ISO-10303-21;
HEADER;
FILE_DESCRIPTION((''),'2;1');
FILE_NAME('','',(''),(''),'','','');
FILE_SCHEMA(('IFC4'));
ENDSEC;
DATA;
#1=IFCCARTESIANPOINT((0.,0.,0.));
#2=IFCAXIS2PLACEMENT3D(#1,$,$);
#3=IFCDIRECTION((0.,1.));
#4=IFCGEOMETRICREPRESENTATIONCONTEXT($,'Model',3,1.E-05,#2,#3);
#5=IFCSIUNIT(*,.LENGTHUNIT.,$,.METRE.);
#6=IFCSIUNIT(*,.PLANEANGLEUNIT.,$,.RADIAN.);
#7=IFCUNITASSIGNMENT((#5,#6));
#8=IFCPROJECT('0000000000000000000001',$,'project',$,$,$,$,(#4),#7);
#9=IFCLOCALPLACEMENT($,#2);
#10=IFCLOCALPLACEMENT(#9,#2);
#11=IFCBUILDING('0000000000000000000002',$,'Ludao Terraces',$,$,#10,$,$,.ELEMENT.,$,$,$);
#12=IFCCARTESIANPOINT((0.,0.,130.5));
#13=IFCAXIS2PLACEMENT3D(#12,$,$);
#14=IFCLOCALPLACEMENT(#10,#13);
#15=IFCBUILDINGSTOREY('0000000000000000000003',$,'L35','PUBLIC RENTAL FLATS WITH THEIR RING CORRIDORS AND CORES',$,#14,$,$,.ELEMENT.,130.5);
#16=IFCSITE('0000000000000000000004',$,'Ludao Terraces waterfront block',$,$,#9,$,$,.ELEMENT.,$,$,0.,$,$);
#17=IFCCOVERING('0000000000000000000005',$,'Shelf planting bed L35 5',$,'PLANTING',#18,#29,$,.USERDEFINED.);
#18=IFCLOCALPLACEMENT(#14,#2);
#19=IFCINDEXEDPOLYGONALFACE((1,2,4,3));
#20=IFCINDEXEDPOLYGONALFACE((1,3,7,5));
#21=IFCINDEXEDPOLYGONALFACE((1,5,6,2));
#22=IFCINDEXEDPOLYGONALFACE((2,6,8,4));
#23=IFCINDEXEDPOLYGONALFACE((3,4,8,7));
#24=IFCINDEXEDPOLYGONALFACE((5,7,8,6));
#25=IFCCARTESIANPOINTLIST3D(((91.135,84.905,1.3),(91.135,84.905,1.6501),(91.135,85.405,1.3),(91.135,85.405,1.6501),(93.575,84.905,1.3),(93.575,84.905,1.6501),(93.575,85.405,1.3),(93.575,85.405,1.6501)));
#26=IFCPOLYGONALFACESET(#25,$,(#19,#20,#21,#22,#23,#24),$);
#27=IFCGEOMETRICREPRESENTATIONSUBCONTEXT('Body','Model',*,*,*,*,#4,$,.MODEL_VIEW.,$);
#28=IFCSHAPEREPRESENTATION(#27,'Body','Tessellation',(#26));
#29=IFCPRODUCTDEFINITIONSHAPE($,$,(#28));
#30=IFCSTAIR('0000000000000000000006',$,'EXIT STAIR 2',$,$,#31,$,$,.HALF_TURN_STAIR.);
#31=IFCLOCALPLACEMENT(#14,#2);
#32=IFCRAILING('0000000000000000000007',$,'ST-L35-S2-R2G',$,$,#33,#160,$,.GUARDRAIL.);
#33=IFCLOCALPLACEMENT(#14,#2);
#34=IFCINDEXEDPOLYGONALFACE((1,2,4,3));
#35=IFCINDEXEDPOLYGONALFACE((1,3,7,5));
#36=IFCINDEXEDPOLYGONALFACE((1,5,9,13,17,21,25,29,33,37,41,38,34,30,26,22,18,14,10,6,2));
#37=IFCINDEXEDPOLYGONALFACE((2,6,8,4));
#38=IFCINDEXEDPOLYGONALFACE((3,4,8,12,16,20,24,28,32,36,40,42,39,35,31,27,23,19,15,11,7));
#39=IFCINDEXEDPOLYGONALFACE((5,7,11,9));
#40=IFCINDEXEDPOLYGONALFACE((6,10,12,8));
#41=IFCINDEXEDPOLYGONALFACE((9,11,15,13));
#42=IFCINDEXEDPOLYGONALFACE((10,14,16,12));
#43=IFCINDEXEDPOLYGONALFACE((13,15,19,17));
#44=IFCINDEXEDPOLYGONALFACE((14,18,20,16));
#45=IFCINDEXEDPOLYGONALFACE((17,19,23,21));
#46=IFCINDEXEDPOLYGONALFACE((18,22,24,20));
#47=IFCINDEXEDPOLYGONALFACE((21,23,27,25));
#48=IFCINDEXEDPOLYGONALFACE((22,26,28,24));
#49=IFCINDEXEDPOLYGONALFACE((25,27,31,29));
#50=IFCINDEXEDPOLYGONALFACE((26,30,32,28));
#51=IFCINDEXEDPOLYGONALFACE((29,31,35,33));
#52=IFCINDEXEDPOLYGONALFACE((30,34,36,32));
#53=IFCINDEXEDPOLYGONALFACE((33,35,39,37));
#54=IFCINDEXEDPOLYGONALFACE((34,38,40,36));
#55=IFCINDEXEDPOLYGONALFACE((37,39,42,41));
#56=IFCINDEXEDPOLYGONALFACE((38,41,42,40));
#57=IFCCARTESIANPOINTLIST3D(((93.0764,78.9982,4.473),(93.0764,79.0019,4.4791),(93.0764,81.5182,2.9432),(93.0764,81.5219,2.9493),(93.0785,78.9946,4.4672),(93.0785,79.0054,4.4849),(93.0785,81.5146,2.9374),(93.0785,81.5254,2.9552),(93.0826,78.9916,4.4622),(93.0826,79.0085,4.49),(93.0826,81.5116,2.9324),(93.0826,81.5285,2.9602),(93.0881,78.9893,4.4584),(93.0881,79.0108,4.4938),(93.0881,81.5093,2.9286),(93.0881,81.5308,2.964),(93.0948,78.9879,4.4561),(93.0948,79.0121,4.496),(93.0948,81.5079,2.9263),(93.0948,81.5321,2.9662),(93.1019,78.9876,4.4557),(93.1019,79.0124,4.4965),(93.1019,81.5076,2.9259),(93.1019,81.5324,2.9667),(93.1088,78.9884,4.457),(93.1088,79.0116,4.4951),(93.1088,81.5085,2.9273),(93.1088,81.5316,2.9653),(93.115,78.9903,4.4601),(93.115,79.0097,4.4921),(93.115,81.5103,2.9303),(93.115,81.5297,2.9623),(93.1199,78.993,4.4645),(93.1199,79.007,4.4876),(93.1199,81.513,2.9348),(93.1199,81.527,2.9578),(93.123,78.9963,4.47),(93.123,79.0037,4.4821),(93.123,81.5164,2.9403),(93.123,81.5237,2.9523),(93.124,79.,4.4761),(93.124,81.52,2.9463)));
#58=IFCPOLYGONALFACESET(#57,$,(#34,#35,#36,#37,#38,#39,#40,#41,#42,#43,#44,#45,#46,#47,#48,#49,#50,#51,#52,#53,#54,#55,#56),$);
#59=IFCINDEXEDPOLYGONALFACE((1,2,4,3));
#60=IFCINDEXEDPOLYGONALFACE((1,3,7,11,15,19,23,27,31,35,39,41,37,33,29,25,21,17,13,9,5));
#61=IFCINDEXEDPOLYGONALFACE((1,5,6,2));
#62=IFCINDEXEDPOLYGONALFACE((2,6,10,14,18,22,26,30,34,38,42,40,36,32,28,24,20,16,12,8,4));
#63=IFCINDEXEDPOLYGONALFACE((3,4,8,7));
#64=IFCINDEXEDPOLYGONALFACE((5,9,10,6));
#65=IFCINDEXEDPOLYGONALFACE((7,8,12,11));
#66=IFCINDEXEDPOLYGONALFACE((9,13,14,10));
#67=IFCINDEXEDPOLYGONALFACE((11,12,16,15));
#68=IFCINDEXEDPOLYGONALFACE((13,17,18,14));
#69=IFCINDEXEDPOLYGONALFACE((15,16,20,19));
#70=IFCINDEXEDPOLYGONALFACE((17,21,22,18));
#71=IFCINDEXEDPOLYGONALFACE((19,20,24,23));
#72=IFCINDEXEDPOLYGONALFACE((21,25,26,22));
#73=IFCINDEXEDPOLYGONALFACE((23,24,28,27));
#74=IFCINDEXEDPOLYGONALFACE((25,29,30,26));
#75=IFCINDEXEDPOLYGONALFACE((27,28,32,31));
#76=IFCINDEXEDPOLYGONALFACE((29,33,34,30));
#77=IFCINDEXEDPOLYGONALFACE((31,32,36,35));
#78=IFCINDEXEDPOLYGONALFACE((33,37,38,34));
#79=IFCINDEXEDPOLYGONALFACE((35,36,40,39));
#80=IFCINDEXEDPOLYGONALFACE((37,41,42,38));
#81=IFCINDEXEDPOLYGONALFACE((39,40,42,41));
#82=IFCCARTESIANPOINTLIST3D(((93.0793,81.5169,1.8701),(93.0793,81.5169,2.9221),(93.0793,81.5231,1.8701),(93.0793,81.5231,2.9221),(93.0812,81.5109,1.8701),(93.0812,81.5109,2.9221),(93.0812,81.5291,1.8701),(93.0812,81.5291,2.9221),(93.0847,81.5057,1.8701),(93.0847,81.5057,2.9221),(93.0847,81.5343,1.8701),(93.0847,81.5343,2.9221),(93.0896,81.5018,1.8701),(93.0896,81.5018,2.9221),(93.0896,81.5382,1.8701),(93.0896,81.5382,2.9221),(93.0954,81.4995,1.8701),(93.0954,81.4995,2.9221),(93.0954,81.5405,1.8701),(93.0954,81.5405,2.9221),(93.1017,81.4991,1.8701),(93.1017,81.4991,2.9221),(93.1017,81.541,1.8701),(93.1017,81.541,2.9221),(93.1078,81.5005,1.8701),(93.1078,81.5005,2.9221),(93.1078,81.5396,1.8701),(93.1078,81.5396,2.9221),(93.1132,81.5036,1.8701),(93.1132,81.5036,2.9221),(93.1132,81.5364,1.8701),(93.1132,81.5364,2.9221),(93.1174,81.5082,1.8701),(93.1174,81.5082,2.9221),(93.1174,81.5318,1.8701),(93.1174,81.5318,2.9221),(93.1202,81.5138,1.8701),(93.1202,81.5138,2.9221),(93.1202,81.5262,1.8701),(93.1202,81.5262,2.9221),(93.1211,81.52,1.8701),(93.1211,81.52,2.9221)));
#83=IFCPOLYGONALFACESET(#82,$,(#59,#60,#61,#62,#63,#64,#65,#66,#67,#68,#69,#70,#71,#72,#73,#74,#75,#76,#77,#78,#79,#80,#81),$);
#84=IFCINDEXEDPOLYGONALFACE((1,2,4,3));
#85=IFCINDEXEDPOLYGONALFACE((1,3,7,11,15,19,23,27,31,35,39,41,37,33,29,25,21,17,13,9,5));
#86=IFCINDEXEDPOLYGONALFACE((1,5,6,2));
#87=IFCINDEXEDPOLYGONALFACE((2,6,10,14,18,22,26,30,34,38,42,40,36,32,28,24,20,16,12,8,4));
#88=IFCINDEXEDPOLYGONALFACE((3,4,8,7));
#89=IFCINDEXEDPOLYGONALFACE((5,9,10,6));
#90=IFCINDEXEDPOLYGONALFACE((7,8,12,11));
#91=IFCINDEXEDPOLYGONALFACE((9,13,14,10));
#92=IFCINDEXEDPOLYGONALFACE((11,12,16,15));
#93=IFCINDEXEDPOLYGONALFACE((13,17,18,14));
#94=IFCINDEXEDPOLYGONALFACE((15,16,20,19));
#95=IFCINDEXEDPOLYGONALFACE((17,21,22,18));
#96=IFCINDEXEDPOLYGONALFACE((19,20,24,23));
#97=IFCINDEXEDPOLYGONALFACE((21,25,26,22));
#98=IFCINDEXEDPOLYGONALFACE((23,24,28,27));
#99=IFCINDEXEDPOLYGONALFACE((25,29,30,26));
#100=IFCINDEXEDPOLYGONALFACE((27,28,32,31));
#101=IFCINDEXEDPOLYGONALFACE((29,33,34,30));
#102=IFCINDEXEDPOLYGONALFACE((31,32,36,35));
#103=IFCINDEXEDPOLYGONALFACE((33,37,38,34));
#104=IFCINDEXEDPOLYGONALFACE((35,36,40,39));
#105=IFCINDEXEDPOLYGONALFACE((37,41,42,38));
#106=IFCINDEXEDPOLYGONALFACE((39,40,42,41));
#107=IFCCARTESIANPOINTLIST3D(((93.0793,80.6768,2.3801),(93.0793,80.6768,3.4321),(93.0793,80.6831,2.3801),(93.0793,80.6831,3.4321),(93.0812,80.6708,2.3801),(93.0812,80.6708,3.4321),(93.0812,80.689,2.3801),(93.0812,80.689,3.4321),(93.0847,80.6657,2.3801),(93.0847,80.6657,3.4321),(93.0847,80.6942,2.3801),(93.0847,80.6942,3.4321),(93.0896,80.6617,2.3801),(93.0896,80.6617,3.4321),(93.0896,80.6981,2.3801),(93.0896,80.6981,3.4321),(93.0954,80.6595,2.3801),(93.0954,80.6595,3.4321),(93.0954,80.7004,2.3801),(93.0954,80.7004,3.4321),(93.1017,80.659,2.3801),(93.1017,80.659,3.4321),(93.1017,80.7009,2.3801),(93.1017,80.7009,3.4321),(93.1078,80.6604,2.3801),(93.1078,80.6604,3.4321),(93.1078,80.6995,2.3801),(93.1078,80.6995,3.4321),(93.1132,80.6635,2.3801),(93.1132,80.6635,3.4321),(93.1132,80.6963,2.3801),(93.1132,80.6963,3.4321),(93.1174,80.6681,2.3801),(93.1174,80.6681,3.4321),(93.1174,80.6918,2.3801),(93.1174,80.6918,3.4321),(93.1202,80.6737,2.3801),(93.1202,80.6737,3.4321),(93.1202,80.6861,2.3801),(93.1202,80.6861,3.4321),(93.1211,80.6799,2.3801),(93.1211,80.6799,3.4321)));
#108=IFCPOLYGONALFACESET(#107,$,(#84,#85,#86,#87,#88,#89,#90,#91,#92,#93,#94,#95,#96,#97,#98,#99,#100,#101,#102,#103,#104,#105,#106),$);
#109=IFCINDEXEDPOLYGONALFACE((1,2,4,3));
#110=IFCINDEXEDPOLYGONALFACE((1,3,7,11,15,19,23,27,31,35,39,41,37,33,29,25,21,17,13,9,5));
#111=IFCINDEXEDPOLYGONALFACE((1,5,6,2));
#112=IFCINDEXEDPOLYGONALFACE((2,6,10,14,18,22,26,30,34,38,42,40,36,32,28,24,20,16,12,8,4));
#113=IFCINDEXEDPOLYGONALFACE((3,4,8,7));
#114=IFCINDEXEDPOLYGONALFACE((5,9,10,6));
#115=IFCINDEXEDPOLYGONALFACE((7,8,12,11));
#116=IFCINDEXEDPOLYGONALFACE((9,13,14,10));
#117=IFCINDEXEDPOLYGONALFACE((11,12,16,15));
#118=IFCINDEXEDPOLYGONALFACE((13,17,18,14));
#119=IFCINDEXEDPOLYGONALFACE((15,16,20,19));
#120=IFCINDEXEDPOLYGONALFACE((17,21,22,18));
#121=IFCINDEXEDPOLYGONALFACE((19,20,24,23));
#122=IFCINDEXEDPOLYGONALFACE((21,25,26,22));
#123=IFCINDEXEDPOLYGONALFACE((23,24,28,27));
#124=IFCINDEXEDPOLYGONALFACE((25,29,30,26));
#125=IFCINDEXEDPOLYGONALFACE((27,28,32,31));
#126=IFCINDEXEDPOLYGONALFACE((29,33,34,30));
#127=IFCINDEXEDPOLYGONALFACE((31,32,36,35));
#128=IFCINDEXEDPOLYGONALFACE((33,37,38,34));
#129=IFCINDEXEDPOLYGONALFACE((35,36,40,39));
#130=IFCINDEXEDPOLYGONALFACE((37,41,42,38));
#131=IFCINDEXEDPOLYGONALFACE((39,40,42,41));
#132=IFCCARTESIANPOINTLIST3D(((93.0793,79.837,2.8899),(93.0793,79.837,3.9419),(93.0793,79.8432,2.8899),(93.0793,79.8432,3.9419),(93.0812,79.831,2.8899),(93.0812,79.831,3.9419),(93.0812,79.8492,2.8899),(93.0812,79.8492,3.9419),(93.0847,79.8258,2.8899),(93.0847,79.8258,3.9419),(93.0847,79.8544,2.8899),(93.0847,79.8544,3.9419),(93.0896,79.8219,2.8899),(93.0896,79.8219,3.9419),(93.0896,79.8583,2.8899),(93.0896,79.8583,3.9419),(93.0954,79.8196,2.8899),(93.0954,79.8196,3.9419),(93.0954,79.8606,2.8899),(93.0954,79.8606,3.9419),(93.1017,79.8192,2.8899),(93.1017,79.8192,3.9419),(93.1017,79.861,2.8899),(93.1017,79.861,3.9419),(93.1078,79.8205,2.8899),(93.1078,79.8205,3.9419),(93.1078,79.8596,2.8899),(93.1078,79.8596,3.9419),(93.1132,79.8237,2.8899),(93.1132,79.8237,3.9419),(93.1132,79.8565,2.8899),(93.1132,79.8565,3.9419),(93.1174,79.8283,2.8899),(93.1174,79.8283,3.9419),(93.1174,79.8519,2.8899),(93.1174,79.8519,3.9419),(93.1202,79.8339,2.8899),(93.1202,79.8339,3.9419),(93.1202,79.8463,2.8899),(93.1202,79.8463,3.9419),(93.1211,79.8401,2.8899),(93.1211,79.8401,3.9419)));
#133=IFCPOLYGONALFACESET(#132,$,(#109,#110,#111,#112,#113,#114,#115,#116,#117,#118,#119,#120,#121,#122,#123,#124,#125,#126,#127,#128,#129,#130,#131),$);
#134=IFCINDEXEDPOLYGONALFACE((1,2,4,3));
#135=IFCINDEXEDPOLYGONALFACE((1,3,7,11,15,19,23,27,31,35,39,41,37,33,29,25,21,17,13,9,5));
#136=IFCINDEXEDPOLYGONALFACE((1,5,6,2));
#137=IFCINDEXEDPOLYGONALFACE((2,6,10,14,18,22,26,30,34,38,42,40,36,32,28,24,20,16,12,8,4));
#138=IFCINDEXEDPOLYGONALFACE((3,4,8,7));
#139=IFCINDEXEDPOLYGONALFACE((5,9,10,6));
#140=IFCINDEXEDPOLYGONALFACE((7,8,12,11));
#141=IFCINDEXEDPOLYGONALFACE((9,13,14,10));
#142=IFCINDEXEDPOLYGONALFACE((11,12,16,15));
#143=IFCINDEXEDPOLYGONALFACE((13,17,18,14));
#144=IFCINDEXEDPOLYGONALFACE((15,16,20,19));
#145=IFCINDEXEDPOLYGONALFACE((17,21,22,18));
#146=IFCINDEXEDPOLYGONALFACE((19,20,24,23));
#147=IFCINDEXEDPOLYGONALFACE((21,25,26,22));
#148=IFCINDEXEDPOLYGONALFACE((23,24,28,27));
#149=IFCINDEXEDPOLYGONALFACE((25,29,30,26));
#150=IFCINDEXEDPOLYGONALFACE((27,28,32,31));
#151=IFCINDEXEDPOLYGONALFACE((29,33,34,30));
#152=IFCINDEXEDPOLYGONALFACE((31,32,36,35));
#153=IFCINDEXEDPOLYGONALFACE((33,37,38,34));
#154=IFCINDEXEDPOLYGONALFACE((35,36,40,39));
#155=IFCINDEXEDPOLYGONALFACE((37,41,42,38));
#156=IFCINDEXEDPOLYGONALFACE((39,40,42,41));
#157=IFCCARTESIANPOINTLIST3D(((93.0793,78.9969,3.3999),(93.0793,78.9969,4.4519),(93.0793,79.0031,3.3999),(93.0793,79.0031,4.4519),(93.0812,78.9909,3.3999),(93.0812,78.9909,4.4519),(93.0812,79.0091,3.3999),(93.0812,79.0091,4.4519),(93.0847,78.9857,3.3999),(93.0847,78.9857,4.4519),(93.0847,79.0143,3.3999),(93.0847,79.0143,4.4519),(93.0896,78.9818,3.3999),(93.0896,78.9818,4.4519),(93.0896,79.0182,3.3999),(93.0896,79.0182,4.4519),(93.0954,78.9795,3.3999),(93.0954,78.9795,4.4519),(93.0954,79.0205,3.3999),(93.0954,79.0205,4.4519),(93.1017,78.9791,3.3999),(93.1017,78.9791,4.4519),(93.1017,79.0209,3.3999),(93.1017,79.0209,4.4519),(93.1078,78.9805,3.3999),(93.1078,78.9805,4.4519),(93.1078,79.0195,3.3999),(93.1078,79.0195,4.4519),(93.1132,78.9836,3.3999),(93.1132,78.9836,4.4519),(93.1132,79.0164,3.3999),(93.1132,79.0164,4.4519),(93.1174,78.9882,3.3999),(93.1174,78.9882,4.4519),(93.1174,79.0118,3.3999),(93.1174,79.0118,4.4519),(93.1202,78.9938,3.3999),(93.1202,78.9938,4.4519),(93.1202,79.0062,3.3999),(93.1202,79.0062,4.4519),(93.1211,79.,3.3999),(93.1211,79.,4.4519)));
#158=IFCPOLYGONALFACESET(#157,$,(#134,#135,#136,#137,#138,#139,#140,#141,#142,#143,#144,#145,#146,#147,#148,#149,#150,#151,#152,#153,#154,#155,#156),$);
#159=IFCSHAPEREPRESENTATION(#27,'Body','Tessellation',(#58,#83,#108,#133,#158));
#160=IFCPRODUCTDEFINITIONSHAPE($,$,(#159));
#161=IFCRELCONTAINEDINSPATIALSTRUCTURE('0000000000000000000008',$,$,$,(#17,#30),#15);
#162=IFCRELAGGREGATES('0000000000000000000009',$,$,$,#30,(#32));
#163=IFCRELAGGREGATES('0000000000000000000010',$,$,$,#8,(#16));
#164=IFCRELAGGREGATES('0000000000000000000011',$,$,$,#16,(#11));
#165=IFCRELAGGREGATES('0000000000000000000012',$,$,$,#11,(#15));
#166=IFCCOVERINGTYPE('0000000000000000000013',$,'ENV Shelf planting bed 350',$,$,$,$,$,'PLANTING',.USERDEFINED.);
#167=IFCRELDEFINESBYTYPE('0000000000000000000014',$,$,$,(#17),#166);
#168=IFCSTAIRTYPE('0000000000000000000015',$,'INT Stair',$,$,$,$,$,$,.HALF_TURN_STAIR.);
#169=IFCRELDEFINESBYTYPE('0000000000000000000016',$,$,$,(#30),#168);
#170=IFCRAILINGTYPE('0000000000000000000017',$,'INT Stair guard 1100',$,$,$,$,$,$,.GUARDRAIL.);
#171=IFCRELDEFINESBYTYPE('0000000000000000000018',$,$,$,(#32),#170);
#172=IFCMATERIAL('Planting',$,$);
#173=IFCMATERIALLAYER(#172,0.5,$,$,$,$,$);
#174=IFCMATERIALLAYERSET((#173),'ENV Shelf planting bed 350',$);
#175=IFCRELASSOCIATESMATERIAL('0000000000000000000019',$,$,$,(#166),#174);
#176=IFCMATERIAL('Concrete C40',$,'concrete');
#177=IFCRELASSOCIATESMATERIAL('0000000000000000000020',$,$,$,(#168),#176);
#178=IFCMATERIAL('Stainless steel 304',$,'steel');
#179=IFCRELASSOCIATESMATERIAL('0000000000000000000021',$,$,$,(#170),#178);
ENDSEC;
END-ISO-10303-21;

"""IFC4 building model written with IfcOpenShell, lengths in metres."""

from ifc_helpers import new_model, si_unit, direction, frame, origin, origin_2d, place, context, subcontext, project, spatial, rectangle, circle, extrude, material, layer, layer_set, type_object, element, aggregate, save


model = new_model("IFC4")

# Units and contexts
model_context = context("Model", 3, precision=1e-05, world=origin(), true_north=direction((0.0, 1.0)))
body_context = subcontext(model_context, "Body", "Model", "MODEL_VIEW")
ifc_project = project(units=[si_unit("LENGTHUNIT", "METRE"), si_unit("PLANEANGLEUNIT", "RADIAN")], contexts=[model_context])

# Site, building, storey
site_placement = place(None, origin())
site = spatial("IfcSite", under=ifc_project, at=site_placement, Name="Ludao Terraces waterfront block", CompositionType="ELEMENT", RefElevation=0.0)
building_placement = place(site_placement, origin())
building = spatial("IfcBuilding", under=site, at=building_placement, Name="Ludao Terraces", CompositionType="ELEMENT")
storey_placement = place(building_placement, frame((0.0, 0.0, 130.5)))
storey = spatial("IfcBuildingStorey", under=building, at=storey_placement, Name="L35", Description="PUBLIC RENTAL FLATS WITH THEIR RING CORRIDORS AND CORES", CompositionType="ELEMENT", Elevation=130.5)

# Covering
ifc_material_1 = material(Name="Planting")
ifc_layer_1 = layer(ifc_material_1, 0.5)
ifc_layer_set_1 = layer_set([ifc_layer_1], Name="ENV Shelf planting bed 350")
covering_type_1 = type_object("IfcCoveringType", Name="ENV Shelf planting bed 350", ElementType="PLANTING", PredefinedType="USERDEFINED", material=ifc_layer_set_1)
covering_1_placement = place(storey_placement, frame((92.355, 85.155, 1.3), z_axis=(0.0, 0.0, 1.0), x_axis=(1.0, 0.0, 0.0)))
element("IfcCovering", 1, at=covering_1_placement, inside=storey, type_object=covering_type_1, Name="Shelf planting bed L35 5", ObjectType="PLANTING", PredefinedType="USERDEFINED", context=body_context, shape_type="SweptSolid", body=[
    extrude(rectangle(XDim=2.4399, YDim=0.5, at=origin_2d()), origin(), (0.0, 0.0, 1.0), 0.3501),
])

# Stair, railing
ifc_material_2 = material(Name="Concrete C40", Category="concrete")
stair_type = type_object("IfcStairType", Name="INT Stair", PredefinedType="HALF_TURN_STAIR", material=ifc_material_2)
stair_placement = place(storey_placement, origin())
stair = element("IfcStair", 2, at=stair_placement, inside=storey, type_object=stair_type, Name="EXIT STAIR 2", PredefinedType="HALF_TURN_STAIR")
ifc_material_3 = material(Name="Stainless steel 304", Category="steel")
railing_type_1 = type_object("IfcRailingType", Name="INT Stair guard 1100", PredefinedType="GUARDRAIL", material=ifc_material_3)
railing_1_placement = place(storey_placement, frame((93.1001, 81.52, 1.8701)))
railing_1 = element("IfcRailing", 3, at=railing_1_placement, type_object=railing_type_1, Name="ST-L35-S2-R2G", PredefinedType="GUARDRAIL", context=body_context, shape_type="SweptSolid", body=[
    extrude(circle(Radius=0.0239, at=origin_2d()), frame((0.0, 0.0, 1.0762), z_axis=(0.0, -0.854822, 0.518922), x_axis=(1.0, 0.0, 0.0)), (0.0, 0.0, 1.0), 2.948),
    extrude(circle(Radius=0.021, at=origin_2d()), origin(), (0.0, 0.0, 1.0), 1.052),
    extrude(circle(Radius=0.021, at=origin_2d()), frame((0.0, -0.8401, 0.51)), (0.0, 0.0, 1.0), 1.052),
    extrude(circle(Radius=0.021, at=origin_2d()), frame((0.0, -1.6799, 1.0198)), (0.0, 0.0, 1.0), 1.052),
    extrude(circle(Radius=0.021, at=origin_2d()), frame((0.0, -2.52, 1.5298)), (0.0, 0.0, 1.0), 1.052),
])
aggregate(stair, [railing_1])

save(model, "model.ifc")
